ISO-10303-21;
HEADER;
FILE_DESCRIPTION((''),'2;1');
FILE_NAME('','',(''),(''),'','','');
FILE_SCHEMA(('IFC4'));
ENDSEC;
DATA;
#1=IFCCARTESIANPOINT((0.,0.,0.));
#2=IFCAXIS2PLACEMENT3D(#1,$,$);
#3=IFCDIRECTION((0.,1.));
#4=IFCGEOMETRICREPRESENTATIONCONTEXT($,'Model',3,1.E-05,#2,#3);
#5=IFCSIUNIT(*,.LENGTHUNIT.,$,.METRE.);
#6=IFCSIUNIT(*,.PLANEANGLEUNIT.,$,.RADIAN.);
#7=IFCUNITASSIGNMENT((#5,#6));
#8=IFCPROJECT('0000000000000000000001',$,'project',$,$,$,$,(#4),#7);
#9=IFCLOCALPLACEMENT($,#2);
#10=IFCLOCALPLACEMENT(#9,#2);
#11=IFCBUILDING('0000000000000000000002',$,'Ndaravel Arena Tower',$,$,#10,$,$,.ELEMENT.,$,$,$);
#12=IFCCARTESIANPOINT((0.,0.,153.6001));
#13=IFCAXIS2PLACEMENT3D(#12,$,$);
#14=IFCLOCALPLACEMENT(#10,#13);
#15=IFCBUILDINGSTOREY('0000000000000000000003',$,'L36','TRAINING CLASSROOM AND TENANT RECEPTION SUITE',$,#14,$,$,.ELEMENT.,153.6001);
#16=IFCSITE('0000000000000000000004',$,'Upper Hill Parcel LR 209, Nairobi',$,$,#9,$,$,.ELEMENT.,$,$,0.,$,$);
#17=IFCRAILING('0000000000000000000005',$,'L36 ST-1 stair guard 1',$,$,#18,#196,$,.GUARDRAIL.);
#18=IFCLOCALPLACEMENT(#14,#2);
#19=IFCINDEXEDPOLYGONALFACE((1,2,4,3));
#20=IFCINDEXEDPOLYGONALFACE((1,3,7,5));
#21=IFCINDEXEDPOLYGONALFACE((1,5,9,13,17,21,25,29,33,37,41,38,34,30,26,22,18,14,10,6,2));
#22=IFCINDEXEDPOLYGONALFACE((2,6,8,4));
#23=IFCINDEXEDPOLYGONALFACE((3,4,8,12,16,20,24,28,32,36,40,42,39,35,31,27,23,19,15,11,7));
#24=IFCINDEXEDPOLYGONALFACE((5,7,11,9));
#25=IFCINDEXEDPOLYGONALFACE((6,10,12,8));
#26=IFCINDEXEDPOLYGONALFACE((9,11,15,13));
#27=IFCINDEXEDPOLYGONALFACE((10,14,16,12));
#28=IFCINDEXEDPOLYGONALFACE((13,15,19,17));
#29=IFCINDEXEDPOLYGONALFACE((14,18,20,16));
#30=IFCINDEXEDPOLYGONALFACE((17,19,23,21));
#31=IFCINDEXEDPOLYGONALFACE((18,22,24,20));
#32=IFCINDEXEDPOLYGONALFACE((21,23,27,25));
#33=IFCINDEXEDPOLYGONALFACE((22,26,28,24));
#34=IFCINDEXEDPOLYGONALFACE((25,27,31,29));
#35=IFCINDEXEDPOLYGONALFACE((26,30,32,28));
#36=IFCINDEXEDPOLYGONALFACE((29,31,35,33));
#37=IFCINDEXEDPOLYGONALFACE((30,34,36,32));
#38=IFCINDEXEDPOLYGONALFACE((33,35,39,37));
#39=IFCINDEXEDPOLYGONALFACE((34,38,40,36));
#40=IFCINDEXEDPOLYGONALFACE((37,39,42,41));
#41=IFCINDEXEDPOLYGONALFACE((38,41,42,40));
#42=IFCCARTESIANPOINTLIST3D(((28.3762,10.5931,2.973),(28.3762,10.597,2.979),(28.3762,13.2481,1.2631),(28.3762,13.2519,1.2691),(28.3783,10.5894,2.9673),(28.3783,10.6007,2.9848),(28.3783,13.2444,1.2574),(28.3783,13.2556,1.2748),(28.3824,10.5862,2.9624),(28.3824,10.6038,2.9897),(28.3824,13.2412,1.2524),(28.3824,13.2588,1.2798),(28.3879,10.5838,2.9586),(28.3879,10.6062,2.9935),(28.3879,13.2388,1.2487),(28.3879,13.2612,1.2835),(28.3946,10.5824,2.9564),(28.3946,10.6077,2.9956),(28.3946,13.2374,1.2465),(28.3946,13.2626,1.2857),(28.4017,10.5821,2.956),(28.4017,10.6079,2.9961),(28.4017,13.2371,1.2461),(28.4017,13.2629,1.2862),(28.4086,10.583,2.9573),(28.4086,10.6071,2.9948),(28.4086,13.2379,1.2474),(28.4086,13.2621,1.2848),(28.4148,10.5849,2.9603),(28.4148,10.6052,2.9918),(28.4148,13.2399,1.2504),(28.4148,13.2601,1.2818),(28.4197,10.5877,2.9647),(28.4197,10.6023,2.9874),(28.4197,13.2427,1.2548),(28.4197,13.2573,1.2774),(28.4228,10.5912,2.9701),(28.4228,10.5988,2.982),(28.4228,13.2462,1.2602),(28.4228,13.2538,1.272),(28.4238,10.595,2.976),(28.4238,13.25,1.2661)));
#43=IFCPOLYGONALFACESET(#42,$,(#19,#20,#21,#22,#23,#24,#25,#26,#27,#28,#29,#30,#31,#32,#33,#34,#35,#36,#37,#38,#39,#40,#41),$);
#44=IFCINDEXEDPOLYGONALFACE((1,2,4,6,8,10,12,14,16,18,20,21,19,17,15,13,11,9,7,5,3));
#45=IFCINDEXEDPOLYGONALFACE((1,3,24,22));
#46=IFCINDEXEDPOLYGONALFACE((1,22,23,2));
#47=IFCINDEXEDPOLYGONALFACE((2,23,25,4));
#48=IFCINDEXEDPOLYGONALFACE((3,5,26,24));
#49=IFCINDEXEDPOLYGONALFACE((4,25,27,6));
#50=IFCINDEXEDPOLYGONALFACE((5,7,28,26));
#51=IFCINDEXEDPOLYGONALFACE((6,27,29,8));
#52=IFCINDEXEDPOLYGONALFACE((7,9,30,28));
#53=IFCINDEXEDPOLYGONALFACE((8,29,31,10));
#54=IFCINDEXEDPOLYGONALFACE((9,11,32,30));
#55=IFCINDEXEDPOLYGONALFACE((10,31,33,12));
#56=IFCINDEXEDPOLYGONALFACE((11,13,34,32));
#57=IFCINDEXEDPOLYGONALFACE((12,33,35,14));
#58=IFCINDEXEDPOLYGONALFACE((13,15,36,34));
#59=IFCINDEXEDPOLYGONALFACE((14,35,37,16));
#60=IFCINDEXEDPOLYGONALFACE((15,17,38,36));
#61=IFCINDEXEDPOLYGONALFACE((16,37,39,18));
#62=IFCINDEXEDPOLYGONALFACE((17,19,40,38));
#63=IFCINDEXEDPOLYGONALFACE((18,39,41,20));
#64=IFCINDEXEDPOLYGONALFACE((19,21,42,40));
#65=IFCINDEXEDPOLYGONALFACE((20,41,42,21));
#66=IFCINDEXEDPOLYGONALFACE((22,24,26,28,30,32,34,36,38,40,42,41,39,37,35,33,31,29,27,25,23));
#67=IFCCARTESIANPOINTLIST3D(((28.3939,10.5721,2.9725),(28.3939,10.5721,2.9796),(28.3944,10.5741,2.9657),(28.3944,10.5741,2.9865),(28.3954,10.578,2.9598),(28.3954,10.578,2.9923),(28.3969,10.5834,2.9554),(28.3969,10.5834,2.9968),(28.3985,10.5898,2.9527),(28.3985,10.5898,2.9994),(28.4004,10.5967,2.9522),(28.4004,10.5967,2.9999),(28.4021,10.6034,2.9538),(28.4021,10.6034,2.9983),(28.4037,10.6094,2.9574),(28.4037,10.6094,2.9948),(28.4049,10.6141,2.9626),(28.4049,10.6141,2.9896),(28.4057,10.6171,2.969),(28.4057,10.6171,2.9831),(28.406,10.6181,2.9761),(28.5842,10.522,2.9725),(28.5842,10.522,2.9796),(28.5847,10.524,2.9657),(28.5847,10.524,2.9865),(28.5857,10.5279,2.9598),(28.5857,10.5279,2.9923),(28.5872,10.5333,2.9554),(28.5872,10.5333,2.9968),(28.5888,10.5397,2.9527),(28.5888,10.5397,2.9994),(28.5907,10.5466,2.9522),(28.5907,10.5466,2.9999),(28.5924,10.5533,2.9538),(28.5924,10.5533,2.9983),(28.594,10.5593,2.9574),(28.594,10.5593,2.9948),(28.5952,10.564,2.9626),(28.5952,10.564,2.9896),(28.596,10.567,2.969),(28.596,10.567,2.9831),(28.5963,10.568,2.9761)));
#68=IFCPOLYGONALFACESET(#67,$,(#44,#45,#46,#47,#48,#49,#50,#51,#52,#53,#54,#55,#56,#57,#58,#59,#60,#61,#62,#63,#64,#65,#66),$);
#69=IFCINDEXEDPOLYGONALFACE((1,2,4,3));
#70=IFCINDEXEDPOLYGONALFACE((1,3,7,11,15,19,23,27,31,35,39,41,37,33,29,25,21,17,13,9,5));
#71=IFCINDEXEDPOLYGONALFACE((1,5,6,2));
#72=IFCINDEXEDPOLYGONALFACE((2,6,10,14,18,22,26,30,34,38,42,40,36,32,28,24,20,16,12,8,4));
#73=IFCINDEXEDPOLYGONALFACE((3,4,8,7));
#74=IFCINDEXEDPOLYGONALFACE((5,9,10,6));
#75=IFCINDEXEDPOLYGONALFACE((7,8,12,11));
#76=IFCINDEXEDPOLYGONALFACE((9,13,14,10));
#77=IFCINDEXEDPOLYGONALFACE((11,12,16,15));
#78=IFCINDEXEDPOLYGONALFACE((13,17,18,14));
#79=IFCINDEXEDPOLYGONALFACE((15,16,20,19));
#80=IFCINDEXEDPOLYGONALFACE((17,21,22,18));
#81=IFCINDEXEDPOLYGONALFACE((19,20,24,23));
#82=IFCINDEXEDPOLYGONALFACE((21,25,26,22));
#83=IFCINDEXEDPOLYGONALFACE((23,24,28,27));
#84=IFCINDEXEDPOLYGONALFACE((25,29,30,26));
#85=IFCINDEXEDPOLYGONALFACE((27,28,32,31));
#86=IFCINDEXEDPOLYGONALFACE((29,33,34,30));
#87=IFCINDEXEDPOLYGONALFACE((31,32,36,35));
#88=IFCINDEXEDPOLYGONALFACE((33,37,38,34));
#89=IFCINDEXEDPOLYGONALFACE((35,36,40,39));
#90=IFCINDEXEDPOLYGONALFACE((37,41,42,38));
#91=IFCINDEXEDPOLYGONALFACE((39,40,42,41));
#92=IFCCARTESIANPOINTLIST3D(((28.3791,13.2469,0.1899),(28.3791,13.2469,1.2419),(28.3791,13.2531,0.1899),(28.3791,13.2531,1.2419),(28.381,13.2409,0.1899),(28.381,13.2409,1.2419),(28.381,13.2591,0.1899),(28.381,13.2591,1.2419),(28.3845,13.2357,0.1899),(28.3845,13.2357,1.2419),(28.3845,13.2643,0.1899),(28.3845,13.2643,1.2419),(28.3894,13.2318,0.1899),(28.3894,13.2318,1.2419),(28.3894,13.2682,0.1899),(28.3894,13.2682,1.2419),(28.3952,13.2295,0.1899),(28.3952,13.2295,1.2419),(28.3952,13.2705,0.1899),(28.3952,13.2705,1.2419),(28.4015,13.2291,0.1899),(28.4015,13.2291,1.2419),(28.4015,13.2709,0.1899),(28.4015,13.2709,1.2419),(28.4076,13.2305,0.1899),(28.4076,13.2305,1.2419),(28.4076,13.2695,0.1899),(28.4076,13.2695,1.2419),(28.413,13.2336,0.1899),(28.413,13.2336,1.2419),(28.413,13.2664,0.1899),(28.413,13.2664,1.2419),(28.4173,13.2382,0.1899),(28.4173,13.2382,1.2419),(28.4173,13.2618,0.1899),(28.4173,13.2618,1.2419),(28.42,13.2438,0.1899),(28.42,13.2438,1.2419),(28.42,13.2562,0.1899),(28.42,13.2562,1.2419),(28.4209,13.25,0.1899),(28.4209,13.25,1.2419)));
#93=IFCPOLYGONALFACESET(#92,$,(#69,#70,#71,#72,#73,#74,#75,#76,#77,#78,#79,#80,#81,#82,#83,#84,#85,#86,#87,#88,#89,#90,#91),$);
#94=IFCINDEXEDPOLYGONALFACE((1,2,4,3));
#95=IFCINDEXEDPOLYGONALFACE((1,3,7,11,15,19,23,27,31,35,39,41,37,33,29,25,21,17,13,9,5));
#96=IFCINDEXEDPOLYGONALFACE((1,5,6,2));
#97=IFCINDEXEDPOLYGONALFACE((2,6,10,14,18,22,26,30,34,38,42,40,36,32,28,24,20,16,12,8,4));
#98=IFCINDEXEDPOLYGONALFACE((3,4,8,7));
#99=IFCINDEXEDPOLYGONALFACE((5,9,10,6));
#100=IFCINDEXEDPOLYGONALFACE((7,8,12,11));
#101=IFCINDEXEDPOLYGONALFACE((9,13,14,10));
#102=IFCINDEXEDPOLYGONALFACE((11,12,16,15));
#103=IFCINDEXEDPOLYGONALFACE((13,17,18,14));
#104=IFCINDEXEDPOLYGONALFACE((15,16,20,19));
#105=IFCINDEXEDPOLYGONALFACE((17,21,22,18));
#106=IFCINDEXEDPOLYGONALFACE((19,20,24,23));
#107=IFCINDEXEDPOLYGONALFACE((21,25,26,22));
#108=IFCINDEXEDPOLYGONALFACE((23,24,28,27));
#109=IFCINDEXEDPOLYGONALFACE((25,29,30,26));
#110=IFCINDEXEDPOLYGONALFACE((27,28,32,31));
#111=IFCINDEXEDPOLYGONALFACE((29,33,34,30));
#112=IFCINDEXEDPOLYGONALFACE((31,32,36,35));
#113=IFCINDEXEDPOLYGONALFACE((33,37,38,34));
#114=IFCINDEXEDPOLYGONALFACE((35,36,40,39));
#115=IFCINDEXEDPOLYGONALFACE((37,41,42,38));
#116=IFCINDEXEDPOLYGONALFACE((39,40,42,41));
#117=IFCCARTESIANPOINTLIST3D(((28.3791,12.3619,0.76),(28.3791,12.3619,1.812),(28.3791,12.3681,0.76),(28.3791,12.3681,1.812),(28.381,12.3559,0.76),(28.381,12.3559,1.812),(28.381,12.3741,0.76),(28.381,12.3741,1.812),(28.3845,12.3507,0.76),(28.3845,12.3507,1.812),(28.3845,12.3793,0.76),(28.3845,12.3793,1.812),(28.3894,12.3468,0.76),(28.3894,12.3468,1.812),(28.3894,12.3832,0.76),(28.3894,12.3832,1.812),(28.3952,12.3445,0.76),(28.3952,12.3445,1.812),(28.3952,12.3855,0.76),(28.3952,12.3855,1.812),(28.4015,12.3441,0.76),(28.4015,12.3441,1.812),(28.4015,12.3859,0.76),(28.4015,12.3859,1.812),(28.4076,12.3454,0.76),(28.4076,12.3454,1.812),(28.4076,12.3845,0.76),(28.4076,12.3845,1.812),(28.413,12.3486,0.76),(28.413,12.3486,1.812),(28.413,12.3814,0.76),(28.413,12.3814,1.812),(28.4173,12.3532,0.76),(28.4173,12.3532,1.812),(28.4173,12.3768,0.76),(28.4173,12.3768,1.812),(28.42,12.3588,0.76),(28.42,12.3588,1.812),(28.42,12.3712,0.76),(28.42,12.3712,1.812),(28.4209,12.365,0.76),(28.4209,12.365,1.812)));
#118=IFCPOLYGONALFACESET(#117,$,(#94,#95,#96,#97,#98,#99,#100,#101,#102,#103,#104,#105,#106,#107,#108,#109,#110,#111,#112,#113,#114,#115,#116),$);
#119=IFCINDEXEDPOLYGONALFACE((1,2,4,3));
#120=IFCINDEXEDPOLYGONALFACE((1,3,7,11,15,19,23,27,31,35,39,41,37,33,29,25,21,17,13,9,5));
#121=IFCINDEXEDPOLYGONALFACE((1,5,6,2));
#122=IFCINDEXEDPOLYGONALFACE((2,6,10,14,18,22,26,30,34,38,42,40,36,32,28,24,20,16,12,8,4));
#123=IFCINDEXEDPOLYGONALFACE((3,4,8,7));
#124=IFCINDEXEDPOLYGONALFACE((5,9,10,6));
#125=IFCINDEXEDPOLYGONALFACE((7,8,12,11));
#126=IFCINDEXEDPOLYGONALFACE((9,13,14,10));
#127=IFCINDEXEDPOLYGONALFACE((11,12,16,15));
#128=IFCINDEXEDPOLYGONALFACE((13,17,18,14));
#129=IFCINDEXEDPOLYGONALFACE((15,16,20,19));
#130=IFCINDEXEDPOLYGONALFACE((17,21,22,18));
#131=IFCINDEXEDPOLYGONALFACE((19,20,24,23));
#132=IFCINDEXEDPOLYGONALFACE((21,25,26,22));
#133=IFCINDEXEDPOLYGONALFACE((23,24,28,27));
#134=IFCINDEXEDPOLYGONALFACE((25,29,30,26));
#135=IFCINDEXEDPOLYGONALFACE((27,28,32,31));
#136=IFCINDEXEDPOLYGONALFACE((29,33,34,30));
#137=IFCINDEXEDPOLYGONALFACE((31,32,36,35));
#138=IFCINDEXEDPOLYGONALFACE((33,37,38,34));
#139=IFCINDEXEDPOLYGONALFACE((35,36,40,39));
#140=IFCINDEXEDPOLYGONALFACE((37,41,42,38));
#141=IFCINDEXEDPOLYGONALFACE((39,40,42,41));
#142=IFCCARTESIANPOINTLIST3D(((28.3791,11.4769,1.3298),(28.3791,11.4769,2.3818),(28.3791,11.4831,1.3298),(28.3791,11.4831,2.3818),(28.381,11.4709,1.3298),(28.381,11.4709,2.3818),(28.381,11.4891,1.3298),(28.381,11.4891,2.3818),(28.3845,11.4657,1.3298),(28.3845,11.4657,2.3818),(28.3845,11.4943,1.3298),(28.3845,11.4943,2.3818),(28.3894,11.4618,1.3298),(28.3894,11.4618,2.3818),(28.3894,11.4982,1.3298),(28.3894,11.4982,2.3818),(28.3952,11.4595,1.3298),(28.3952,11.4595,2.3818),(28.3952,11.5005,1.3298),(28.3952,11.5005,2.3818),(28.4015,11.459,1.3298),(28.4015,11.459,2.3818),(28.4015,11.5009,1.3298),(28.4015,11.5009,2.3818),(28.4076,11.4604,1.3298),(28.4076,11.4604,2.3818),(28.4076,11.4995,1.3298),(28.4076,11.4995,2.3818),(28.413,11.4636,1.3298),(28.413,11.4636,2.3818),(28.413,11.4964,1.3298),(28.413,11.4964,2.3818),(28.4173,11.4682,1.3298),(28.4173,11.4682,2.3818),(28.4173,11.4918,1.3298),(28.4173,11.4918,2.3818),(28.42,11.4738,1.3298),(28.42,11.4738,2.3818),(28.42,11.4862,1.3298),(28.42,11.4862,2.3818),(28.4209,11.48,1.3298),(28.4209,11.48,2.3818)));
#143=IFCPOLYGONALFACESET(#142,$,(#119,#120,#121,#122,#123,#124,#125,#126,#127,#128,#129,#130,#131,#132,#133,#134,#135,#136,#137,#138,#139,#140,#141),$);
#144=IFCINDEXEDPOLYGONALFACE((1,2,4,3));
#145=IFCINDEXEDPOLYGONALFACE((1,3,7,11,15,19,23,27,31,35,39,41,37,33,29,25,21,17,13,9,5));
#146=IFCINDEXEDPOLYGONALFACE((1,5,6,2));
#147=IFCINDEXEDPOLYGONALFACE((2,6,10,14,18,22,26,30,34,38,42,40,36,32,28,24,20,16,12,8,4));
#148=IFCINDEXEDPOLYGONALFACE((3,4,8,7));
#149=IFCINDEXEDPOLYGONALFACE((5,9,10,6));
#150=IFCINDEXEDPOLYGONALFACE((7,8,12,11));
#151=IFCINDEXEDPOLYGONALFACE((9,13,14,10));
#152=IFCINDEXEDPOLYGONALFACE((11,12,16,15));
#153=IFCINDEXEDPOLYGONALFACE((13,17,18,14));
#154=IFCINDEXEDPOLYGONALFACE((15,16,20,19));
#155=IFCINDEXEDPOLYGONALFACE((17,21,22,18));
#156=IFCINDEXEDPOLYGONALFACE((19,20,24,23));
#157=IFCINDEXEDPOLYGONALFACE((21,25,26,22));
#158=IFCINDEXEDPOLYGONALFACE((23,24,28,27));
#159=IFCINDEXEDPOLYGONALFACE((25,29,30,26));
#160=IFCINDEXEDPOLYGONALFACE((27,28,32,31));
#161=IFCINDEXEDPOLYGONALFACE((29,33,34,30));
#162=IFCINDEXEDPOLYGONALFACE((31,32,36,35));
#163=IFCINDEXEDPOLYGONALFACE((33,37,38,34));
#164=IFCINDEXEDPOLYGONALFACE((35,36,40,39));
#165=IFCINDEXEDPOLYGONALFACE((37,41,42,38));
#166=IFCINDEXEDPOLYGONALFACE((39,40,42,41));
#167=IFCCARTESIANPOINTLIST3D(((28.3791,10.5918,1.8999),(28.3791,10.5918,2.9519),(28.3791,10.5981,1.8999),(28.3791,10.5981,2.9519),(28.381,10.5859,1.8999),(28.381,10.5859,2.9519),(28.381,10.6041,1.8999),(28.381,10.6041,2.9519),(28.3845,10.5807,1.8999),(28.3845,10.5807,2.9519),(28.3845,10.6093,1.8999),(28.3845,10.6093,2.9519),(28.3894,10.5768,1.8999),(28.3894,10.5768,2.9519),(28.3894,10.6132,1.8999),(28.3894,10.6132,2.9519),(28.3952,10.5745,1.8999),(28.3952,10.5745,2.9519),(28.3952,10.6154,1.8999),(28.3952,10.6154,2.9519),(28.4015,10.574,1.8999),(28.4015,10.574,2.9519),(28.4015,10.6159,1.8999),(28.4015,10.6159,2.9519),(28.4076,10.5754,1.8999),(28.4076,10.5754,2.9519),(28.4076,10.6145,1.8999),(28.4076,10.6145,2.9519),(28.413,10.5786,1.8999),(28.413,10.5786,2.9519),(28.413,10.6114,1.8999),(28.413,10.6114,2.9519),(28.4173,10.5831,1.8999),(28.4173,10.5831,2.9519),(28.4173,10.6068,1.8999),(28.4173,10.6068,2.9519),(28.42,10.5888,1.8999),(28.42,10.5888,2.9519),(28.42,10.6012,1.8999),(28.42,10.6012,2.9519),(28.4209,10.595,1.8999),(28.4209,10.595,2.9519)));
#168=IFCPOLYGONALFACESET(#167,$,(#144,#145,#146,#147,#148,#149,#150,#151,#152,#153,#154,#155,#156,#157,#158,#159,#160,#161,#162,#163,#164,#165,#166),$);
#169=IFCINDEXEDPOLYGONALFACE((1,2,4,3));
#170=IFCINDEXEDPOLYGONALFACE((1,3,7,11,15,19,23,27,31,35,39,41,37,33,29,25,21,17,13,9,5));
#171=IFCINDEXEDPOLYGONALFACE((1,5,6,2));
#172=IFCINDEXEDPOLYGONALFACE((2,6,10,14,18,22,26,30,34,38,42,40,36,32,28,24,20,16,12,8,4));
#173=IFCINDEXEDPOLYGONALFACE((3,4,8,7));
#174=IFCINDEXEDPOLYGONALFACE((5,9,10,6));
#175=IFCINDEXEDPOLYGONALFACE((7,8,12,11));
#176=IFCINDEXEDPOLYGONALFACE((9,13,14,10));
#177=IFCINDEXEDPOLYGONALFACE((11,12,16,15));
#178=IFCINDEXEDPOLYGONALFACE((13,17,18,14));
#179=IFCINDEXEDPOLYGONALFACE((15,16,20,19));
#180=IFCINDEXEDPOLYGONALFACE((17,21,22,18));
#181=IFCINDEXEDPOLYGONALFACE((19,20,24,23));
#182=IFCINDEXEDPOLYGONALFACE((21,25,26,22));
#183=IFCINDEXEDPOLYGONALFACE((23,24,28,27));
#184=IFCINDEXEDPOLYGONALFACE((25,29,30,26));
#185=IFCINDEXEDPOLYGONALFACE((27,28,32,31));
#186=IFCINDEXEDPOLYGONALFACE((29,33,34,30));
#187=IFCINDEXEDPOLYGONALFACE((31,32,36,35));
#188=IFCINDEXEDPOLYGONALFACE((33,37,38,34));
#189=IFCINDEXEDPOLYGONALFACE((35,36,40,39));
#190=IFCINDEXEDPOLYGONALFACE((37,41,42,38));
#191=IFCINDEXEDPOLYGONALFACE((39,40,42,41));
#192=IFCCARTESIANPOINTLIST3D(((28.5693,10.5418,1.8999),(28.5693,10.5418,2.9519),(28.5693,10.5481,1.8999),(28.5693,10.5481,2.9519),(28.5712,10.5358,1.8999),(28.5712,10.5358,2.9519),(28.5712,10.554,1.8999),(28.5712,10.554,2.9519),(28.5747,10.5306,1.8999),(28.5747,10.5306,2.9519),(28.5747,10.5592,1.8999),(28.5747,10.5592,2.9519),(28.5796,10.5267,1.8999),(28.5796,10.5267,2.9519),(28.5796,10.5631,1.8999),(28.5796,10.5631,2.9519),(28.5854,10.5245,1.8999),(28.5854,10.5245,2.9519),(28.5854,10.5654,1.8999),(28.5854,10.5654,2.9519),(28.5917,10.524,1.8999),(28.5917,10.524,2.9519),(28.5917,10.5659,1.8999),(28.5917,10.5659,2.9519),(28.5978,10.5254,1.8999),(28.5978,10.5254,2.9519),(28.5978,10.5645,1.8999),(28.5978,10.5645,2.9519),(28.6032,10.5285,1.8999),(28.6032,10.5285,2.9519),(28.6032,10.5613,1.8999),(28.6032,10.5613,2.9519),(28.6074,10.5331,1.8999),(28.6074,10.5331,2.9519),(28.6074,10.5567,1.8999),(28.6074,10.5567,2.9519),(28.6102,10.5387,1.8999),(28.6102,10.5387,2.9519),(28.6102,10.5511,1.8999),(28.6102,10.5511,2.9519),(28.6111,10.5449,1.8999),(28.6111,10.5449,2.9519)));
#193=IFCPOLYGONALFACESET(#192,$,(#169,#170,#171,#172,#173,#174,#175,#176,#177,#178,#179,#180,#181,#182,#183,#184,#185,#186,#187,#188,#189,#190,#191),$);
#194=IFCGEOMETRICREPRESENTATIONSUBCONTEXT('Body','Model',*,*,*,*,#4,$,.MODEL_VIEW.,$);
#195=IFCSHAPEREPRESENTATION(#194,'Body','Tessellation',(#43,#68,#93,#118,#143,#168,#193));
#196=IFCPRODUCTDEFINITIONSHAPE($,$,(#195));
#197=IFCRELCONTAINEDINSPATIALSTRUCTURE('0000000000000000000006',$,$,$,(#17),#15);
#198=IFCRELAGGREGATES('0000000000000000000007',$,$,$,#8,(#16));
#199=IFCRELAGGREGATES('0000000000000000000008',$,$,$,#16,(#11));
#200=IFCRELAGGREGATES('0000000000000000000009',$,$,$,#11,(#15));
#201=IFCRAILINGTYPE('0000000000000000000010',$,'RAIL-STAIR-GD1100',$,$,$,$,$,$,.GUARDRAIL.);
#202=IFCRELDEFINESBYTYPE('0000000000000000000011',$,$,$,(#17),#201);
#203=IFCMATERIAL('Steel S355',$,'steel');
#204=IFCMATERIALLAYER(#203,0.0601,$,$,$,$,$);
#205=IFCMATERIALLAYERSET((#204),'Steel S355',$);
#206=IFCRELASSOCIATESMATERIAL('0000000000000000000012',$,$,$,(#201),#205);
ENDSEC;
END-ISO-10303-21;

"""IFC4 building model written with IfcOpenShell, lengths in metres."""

from ifc_helpers import new_model, si_unit, direction, frame, origin, origin_2d, place, context, subcontext, project, spatial, circle, extrude, material, layer, layer_set, type_object, element, save


model = new_model("IFC4")

# Units and contexts
model_context = context("Model", 3, precision=1e-05, world=origin(), true_north=direction((0.0, 1.0)))
body_context = subcontext(model_context, "Body", "Model", "MODEL_VIEW")
ifc_project = project(units=[si_unit("LENGTHUNIT", "METRE"), si_unit("PLANEANGLEUNIT", "RADIAN")], contexts=[model_context])

# Site, building, storey
site_placement = place(None, origin())
site = spatial("IfcSite", under=ifc_project, at=site_placement, Name="Upper Hill Parcel LR 209, Nairobi", CompositionType="ELEMENT", RefElevation=0.0)
building_placement = place(site_placement, origin())
building = spatial("IfcBuilding", under=site, at=building_placement, Name="Ndaravel Arena Tower", CompositionType="ELEMENT")
storey_placement = place(building_placement, frame((0.0, 0.0, 153.6001)))
storey = spatial("IfcBuildingStorey", under=building, at=storey_placement, Name="L36", Description="TRAINING CLASSROOM AND TENANT RECEPTION SUITE", CompositionType="ELEMENT", Elevation=153.6001)

# Railing
ifc_material_1 = material(Name="Steel S355", Category="steel")
ifc_layer_1 = layer(ifc_material_1, 0.0601)
ifc_layer_set_1 = layer_set([ifc_layer_1], Name="Steel S355")
railing_type_1 = type_object("IfcRailingType", Name="RAIL-STAIR-GD1100", PredefinedType="GUARDRAIL", material=ifc_layer_set_1)
railing_1_placement = place(storey_placement, frame((28.3999, 13.25, 0.1899)))
element("IfcRailing", 1, at=railing_1_placement, inside=storey, type_object=railing_type_1, Name="L36 ST-1 stair guard 1", PredefinedType="GUARDRAIL", context=body_context, shape_type="SweptSolid", body=[
    extrude(circle(Radius=0.0239, at=origin_2d()), frame((0.0, 0.0, 1.0762), z_axis=(0.0, -0.840724, 0.541465), x_axis=(1.0, 0.0, 0.0)), (0.0, 0.0, 1.0), 3.158),
    extrude(circle(Radius=0.0239, at=origin_2d()), frame((0.0, -2.655, 2.7861), z_axis=(0.967075, -0.254493, 0.0), x_axis=(0.254493, 0.967075, 0.0)), (0.0, 0.0, 1.0), 0.1968),
    extrude(circle(Radius=0.021, at=origin_2d()), origin(), (0.0, 0.0, 1.0), 1.052),
    extrude(circle(Radius=0.021, at=origin_2d()), frame((0.0, -0.885, 0.5701)), (0.0, 0.0, 1.0), 1.052),
    extrude(circle(Radius=0.021, at=origin_2d()), frame((0.0, -1.77, 1.1399)), (0.0, 0.0, 1.0), 1.052),
    extrude(circle(Radius=0.021, at=origin_2d()), frame((0.0, -2.655, 1.71)), (0.0, 0.0, 1.0), 1.052),
    extrude(circle(Radius=0.021, at=origin_2d()), frame((0.1902, -2.7051, 1.71)), (0.0, 0.0, 1.0), 1.052),
])

save(model, "model.ifc")
